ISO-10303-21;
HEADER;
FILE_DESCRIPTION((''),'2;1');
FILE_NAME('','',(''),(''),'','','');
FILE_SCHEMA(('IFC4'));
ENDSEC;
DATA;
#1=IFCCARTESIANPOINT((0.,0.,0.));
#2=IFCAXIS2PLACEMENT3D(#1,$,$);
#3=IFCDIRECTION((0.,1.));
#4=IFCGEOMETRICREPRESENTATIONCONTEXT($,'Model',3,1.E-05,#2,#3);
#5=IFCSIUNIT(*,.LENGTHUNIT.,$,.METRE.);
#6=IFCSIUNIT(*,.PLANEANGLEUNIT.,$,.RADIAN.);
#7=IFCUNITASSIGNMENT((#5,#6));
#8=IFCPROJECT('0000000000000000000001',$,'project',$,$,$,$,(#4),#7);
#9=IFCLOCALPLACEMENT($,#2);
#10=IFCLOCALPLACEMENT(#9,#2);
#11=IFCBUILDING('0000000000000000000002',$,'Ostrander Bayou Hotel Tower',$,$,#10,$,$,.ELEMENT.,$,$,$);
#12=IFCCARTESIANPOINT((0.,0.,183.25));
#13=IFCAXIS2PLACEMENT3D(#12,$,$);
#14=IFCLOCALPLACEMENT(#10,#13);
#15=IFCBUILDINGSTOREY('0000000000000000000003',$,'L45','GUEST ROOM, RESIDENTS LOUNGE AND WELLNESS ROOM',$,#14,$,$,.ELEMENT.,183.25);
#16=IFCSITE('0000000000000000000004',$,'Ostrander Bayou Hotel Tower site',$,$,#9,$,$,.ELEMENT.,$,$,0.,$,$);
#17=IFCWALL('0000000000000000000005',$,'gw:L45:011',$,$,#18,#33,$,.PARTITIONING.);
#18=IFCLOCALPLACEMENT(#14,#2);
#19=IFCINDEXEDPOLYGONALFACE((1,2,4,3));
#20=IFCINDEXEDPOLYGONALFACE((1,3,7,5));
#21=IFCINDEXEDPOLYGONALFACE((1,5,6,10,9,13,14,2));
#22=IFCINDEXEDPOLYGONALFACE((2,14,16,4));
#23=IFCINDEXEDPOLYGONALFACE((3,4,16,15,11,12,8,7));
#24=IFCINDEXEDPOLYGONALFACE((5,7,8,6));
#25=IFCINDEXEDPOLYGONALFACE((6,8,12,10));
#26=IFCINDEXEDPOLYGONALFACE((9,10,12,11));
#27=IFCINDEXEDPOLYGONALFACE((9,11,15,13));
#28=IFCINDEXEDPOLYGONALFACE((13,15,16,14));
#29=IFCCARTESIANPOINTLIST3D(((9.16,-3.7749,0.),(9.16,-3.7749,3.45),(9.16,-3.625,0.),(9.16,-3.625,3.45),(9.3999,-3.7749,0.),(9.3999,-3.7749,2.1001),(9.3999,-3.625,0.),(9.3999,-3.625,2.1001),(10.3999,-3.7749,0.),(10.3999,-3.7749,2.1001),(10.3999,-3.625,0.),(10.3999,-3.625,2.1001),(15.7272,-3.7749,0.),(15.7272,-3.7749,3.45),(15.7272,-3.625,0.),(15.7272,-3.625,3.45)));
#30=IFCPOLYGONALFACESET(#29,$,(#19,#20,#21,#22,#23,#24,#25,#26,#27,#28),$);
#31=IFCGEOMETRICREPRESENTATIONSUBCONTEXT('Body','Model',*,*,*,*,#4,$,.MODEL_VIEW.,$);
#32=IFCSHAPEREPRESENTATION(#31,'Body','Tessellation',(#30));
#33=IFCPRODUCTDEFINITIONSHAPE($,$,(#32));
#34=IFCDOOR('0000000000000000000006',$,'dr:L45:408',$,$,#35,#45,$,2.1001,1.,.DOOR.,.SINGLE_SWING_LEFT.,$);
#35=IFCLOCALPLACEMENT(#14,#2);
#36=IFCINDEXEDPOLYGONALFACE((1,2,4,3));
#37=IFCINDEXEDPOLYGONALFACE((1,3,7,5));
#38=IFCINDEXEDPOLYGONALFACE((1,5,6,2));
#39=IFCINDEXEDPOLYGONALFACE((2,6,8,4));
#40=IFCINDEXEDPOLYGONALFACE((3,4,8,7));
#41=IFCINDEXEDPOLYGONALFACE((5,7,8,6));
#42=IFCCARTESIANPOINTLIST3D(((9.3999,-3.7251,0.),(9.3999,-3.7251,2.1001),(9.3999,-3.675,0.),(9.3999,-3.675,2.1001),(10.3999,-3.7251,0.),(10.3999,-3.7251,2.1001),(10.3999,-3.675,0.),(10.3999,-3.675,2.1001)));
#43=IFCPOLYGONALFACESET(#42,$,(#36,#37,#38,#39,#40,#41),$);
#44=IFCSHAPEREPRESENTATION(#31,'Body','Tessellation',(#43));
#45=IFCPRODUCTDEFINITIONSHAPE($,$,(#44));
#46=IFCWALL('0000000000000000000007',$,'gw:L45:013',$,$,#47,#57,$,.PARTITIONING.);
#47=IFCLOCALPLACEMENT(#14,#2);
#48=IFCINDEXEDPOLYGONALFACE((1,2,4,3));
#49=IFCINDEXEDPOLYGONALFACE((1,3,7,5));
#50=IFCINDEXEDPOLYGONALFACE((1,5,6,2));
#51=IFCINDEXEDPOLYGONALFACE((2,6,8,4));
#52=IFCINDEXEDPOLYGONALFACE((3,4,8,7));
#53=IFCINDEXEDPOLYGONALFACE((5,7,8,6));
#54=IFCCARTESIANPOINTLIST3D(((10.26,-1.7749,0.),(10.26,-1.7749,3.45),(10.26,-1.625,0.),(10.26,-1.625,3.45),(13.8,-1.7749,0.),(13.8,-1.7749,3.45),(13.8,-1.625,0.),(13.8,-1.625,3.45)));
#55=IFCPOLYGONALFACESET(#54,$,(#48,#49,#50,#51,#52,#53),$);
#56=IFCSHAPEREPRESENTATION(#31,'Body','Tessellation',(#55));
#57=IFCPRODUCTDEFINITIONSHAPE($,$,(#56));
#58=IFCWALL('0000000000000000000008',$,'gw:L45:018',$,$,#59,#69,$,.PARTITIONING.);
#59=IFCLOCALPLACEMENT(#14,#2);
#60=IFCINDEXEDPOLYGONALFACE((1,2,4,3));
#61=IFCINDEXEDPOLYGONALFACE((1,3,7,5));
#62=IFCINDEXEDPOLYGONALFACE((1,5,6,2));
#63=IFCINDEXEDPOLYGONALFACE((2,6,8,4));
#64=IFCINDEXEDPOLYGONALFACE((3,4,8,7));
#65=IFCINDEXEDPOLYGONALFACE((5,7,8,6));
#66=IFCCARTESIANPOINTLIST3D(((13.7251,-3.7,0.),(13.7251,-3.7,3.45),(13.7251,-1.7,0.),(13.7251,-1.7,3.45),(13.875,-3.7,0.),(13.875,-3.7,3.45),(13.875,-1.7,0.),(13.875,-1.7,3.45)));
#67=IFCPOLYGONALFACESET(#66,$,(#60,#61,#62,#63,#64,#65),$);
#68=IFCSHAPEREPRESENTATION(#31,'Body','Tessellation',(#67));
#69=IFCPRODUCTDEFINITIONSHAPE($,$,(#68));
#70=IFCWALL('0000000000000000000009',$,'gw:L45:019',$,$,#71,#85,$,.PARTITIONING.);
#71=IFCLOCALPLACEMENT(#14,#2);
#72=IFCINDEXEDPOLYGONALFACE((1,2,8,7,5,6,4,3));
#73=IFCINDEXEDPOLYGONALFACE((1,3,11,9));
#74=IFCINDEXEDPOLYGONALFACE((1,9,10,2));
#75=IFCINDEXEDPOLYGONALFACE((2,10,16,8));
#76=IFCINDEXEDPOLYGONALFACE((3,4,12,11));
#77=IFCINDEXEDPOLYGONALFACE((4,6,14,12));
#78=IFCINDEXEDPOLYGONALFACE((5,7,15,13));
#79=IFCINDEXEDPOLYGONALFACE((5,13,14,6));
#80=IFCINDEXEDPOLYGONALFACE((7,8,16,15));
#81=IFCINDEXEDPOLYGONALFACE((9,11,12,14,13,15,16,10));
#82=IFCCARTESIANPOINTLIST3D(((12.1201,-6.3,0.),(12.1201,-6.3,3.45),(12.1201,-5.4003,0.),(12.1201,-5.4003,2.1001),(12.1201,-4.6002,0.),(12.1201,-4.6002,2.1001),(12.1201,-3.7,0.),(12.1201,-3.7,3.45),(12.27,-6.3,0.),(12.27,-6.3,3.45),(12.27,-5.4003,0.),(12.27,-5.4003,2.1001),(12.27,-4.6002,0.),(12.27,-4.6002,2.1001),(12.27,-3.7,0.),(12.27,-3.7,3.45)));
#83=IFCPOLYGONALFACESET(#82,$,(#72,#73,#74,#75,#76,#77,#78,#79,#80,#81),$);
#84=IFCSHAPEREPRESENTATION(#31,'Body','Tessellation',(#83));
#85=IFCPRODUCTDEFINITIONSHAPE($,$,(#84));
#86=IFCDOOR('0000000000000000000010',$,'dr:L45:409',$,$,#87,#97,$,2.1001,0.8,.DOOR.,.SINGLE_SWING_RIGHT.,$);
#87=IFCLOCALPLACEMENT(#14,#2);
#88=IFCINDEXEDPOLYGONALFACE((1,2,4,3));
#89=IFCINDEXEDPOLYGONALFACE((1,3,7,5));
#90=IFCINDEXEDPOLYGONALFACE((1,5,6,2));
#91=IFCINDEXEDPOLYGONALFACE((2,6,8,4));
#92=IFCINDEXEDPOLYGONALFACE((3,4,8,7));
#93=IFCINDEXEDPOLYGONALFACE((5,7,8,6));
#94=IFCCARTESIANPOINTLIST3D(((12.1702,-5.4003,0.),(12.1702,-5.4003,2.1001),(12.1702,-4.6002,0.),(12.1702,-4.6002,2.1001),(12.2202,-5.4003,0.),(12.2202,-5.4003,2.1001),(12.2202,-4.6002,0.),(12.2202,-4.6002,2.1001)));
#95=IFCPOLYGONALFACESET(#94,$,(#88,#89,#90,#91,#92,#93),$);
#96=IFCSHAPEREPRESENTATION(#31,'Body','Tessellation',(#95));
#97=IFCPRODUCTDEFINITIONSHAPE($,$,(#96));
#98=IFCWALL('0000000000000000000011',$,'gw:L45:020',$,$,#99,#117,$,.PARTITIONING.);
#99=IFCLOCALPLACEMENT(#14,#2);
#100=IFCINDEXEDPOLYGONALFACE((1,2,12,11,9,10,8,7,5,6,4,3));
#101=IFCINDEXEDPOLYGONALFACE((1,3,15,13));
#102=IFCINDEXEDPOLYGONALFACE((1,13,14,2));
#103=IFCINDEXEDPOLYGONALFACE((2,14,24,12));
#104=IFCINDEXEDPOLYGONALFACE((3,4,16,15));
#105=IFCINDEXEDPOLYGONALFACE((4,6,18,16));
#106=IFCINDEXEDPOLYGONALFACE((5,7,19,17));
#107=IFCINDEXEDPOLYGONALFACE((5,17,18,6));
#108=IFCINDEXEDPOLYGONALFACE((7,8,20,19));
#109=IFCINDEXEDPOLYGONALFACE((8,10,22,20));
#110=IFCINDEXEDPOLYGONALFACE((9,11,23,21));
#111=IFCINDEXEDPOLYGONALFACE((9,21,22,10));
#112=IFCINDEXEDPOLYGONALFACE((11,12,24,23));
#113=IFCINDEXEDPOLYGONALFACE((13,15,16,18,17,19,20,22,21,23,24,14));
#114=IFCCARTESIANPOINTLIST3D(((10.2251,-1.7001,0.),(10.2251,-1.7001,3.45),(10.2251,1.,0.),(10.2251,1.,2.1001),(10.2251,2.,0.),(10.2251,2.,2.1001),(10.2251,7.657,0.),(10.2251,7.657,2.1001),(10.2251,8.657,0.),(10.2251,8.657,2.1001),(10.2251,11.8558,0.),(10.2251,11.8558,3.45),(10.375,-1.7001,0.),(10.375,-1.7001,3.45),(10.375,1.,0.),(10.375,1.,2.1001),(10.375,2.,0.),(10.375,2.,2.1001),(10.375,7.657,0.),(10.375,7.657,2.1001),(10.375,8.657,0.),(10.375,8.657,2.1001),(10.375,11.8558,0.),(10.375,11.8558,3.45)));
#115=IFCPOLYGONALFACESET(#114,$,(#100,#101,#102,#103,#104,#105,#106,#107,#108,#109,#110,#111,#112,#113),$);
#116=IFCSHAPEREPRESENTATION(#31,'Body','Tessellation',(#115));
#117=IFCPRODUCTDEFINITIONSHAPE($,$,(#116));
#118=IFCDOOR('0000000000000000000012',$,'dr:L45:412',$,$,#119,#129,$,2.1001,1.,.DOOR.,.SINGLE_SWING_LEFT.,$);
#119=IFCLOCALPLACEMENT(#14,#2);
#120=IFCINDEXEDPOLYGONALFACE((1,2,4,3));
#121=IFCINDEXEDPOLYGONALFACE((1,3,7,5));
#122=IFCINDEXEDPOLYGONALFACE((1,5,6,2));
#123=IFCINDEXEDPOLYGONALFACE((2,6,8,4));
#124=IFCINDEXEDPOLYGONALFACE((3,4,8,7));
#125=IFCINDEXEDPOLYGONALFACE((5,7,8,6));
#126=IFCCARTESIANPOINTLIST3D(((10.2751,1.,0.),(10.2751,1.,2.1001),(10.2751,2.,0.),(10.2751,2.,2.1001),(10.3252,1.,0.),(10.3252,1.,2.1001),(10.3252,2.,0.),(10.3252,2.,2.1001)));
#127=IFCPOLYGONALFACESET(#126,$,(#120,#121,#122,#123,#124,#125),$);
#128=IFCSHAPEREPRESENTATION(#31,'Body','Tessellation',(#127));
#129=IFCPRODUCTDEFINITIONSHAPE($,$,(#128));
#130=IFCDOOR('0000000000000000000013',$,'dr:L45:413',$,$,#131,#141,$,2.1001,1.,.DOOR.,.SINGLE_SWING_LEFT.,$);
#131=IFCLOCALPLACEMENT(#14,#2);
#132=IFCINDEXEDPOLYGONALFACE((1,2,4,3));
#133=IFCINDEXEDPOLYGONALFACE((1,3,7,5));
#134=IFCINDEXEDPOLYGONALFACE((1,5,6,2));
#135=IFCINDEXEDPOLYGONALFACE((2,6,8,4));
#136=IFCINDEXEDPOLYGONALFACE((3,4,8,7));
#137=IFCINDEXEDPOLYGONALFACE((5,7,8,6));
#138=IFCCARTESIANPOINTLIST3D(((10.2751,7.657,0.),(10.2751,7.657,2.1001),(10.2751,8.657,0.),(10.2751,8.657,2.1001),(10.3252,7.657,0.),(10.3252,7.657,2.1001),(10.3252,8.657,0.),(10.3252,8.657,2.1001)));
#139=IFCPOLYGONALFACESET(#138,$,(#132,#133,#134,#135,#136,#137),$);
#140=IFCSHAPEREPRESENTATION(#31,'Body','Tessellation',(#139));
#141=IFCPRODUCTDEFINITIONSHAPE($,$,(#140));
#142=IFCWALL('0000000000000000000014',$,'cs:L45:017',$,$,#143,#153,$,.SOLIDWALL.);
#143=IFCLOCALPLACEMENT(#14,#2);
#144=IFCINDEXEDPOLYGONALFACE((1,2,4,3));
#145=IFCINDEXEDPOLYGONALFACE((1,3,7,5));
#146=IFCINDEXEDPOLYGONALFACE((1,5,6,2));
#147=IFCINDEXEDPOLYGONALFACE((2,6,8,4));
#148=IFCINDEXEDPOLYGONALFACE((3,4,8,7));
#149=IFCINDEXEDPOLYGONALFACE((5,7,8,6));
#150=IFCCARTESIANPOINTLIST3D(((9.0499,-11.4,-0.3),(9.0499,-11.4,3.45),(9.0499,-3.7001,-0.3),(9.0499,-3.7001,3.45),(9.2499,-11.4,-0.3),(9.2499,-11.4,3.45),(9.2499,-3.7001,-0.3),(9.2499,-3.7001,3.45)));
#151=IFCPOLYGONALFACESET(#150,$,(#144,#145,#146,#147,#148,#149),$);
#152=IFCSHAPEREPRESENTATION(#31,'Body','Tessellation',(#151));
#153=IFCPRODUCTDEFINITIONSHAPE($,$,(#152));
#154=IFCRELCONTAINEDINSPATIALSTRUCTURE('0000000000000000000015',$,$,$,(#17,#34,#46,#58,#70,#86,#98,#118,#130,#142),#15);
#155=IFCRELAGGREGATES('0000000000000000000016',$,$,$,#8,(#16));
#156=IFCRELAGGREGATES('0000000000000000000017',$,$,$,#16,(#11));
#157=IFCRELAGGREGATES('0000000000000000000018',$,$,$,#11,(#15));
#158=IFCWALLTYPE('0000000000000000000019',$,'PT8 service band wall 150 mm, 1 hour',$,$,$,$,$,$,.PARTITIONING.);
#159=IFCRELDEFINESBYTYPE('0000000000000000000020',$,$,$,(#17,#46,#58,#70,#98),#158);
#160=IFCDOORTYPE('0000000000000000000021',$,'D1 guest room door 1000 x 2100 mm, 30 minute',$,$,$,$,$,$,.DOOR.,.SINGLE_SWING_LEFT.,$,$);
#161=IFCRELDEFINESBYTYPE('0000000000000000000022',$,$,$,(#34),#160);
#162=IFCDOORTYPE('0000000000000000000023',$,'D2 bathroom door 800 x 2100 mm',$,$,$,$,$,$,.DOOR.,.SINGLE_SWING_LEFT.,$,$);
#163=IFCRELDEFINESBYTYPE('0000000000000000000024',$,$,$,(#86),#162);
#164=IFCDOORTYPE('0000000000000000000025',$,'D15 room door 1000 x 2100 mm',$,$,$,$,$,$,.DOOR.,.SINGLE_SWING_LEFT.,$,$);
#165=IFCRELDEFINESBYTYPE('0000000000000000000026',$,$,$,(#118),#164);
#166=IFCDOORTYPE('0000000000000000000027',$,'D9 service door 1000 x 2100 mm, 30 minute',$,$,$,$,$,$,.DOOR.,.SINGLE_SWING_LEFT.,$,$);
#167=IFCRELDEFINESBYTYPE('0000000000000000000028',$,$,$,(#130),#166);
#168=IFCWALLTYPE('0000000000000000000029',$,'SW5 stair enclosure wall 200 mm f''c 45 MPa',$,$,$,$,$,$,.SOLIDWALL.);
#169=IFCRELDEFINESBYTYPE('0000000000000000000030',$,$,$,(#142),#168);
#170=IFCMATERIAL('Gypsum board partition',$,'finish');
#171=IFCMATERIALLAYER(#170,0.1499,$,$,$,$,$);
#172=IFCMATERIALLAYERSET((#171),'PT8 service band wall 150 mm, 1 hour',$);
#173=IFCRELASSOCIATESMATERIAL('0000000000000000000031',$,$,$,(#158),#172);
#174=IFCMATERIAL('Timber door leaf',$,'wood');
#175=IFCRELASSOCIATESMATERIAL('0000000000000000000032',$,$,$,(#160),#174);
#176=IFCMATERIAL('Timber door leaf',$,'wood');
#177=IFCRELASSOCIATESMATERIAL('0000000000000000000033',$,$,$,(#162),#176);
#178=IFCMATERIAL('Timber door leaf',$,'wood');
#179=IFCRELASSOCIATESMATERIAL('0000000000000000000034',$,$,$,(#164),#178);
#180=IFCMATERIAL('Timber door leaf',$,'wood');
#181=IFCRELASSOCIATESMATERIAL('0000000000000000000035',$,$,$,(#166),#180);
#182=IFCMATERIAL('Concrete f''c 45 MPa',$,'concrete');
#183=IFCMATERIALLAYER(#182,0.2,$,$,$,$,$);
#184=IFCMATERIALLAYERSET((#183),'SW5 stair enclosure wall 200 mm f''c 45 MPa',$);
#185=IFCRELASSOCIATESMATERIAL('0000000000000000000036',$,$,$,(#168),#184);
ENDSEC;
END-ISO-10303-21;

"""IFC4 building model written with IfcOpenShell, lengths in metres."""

from ifc_helpers import new_model, si_unit, direction, frame, frame_2d, origin, place, context, subcontext, project, spatial, rectangle, extrude, material, layer, layer_set, type_object, element, fill, save


model = new_model("IFC4")

# Units and contexts
model_context = context("Model", 3, precision=1e-05, world=origin(), true_north=direction((0.0, 1.0)))
body_context = subcontext(model_context, "Body", "Model", "MODEL_VIEW")
ifc_project = project(units=[si_unit("LENGTHUNIT", "METRE"), si_unit("PLANEANGLEUNIT", "RADIAN")], contexts=[model_context])

# Site, building, storey
site_placement = place(None, origin())
site = spatial("IfcSite", under=ifc_project, at=site_placement, Name="Ostrander Bayou Hotel Tower site", CompositionType="ELEMENT", RefElevation=0.0)
building_placement = place(site_placement, origin())
building = spatial("IfcBuilding", under=site, at=building_placement, Name="Ostrander Bayou Hotel Tower", CompositionType="ELEMENT")
storey_placement = place(building_placement, frame((0.0, 0.0, 183.25)))
storey = spatial("IfcBuildingStorey", under=building, at=storey_placement, Name="L45", Description="GUEST ROOM, RESIDENTS LOUNGE AND WELLNESS ROOM", CompositionType="ELEMENT", Elevation=183.25)

# Wall, opening, door
ifc_material_1 = material(Name="Gypsum board partition", Category="finish")
ifc_layer_1 = layer(ifc_material_1, 0.1499)
ifc_layer_set_1 = layer_set([ifc_layer_1], Name="PT8 service band wall 150 mm, 1 hour")
wall_type_1 = type_object("IfcWallType", Name="PT8 service band wall 150 mm, 1 hour", PredefinedType="PARTITIONING", material=ifc_layer_set_1)
wall_1_placement = place(storey_placement, frame((9.1599, -3.7, 0.0), z_axis=(0.0, 0.0, 1.0), x_axis=(1.0, 0.0, 0.0)))
wall_1 = element("IfcWall", 1, at=wall_1_placement, inside=storey, type_object=wall_type_1, Name="gw:L45:011", PredefinedType="PARTITIONING", context=body_context, shape_type="SweptSolid", body=[
    extrude(rectangle(XDim=6.5671, YDim=0.1499, at=frame_2d((3.2837, 0.0))), origin(), (0.0, 0.0, 1.0), 3.45),
])
opening_1_placement = place(wall_1_placement, frame((0.24, 0.0, 0.0)))
opening_1 = element("IfcOpeningElement", 2, at=opening_1_placement, cuts=wall_1, PredefinedType="OPENING", context=body_context, shape_type="SweptSolid", body=[
    extrude(rectangle(XDim=1.0, YDim=2.1001, at=frame_2d((0.5, 1.05))), frame((0.0, 0.075, 0.0), z_axis=(0.0, -1.0, 0.0), x_axis=(1.0, 0.0, 0.0)), (0.0, 0.0, 1.0), 0.1499),
])
ifc_material_2 = material(Name="Timber door leaf", Category="wood")
door_type_1 = type_object("IfcDoorType", Name="D1 guest room door 1000 x 2100 mm, 30 minute", OperationType="SINGLE_SWING_LEFT", PredefinedType="DOOR", material=ifc_material_2)
door_1_placement = place(opening_1_placement, origin())
door_1 = element("IfcDoor", 3, at=door_1_placement, inside=storey, type_object=door_type_1, Name="dr:L45:408", OperationType="SINGLE_SWING_LEFT", OverallHeight=2.1001, OverallWidth=1.0, PredefinedType="DOOR", context=body_context, shape_type="SweptSolid", body=[
    extrude(rectangle(XDim=1.0, YDim=2.1001, at=frame_2d((0.5, 1.05))), frame((0.0, 0.0249, 0.0), z_axis=(0.0, -1.0, 0.0), x_axis=(1.0, 0.0, 0.0)), (0.0, 0.0, 1.0), 0.05),
])
fill(opening_1, door_1)

# Walls
wall_2_placement = place(storey_placement, frame((10.26, -1.7, 0.0), z_axis=(0.0, 0.0, 1.0), x_axis=(1.0, 0.0, 0.0)))
element("IfcWall", 4, at=wall_2_placement, inside=storey, type_object=wall_type_1, Name="gw:L45:013", PredefinedType="PARTITIONING", context=body_context, shape_type="SweptSolid", body=[
    extrude(rectangle(XDim=3.54, YDim=0.1499, at=frame_2d((1.77, 0.0))), origin(), (0.0, 0.0, 1.0), 3.45),
])
wall_3_placement = place(storey_placement, frame((13.8, -3.7, 0.0), z_axis=(0.0, 0.0, 1.0), x_axis=(0.0, 1.0, 0.0)))
element("IfcWall", 5, at=wall_3_placement, inside=storey, type_object=wall_type_1, Name="gw:L45:018", PredefinedType="PARTITIONING", context=body_context, shape_type="SweptSolid", body=[
    extrude(rectangle(XDim=2.0, YDim=0.1499, at=frame_2d((1.0, 0.0))), origin(), (0.0, 0.0, 1.0), 3.45),
])

# Wall, opening, door
wall_4_placement = place(storey_placement, frame((12.1951, -6.3, 0.0), z_axis=(0.0, 0.0, 1.0), x_axis=(0.0, 1.0, 0.0)))
wall_4 = element("IfcWall", 6, at=wall_4_placement, inside=storey, type_object=wall_type_1, Name="gw:L45:019", PredefinedType="PARTITIONING", context=body_context, shape_type="SweptSolid", body=[
    extrude(rectangle(XDim=2.6001, YDim=0.1499, at=frame_2d((1.3, 0.0))), origin(), (0.0, 0.0, 1.0), 3.45),
])
opening_2_placement = place(wall_4_placement, frame((0.8999, 0.0, 0.0)))
opening_2 = element("IfcOpeningElement", 7, at=opening_2_placement, cuts=wall_4, PredefinedType="OPENING", context=body_context, shape_type="SweptSolid", body=[
    extrude(rectangle(XDim=0.8, YDim=2.1001, at=frame_2d((0.3999, 1.05))), frame((0.0, 0.075, 0.0), z_axis=(0.0, -1.0, 0.0), x_axis=(1.0, 0.0, 0.0)), (0.0, 0.0, 1.0), 0.1499),
])
ifc_material_3 = material(Name="Timber door leaf", Category="wood")
door_type_2 = type_object("IfcDoorType", Name="D2 bathroom door 800 x 2100 mm", OperationType="SINGLE_SWING_LEFT", PredefinedType="DOOR", material=ifc_material_3)
door_2_placement = place(opening_2_placement, origin())
door_2 = element("IfcDoor", 8, at=door_2_placement, inside=storey, type_object=door_type_2, Name="dr:L45:409", OperationType="SINGLE_SWING_RIGHT", OverallHeight=2.1001, OverallWidth=0.8, PredefinedType="DOOR", context=body_context, shape_type="SweptSolid", body=[
    extrude(rectangle(XDim=0.8, YDim=2.1001, at=frame_2d((0.3999, 1.05))), frame((0.0, 0.0249, 0.0), z_axis=(0.0, -1.0, 0.0), x_axis=(1.0, 0.0, 0.0)), (0.0, 0.0, 1.0), 0.05),
])
fill(opening_2, door_2)

# Wall, openings, doors
wall_5_placement = place(storey_placement, frame((10.3, -1.7, 0.0), z_axis=(0.0, 0.0, 1.0), x_axis=(0.0, 1.0, 0.0)))
wall_5 = element("IfcWall", 9, at=wall_5_placement, inside=storey, type_object=wall_type_1, Name="gw:L45:020", PredefinedType="PARTITIONING", context=body_context, shape_type="SweptSolid", body=[
    extrude(rectangle(XDim=13.5559, YDim=0.1499, at=frame_2d((6.7778, 0.0))), origin(), (0.0, 0.0, 1.0), 3.45),
])
opening_3_placement = place(wall_5_placement, frame((2.7, 0.0, 0.0)))
opening_3 = element("IfcOpeningElement", 10, at=opening_3_placement, cuts=wall_5, PredefinedType="OPENING", context=body_context, shape_type="SweptSolid", body=[
    extrude(rectangle(XDim=1.0, YDim=2.1001, at=frame_2d((0.5, 1.05))), frame((0.0, 0.075, 0.0), z_axis=(0.0, -1.0, 0.0), x_axis=(1.0, 0.0, 0.0)), (0.0, 0.0, 1.0), 0.1499),
])
opening_4_placement = place(wall_5_placement, frame((9.3569, 0.0, 0.0)))
opening_4 = element("IfcOpeningElement", 11, at=opening_4_placement, cuts=wall_5, PredefinedType="OPENING", context=body_context, shape_type="SweptSolid", body=[
    extrude(rectangle(XDim=1.0, YDim=2.1001, at=frame_2d((0.5, 1.05))), frame((0.0, 0.075, 0.0), z_axis=(0.0, -1.0, 0.0), x_axis=(1.0, 0.0, 0.0)), (0.0, 0.0, 1.0), 0.1499),
])
ifc_material_4 = material(Name="Timber door leaf", Category="wood")
door_type_3 = type_object("IfcDoorType", Name="D15 room door 1000 x 2100 mm", OperationType="SINGLE_SWING_LEFT", PredefinedType="DOOR", material=ifc_material_4)
door_3_placement = place(opening_3_placement, origin())
door_3 = element("IfcDoor", 12, at=door_3_placement, inside=storey, type_object=door_type_3, Name="dr:L45:412", OperationType="SINGLE_SWING_LEFT", OverallHeight=2.1001, OverallWidth=1.0, PredefinedType="DOOR", context=body_context, shape_type="SweptSolid", body=[
    extrude(rectangle(XDim=1.0, YDim=2.1001, at=frame_2d((0.5, 1.05))), frame((0.0, 0.0249, 0.0), z_axis=(0.0, -1.0, 0.0), x_axis=(1.0, 0.0, 0.0)), (0.0, 0.0, 1.0), 0.05),
])
fill(opening_3, door_3)
ifc_material_5 = material(Name="Timber door leaf", Category="wood")
door_type_4 = type_object("IfcDoorType", Name="D9 service door 1000 x 2100 mm, 30 minute", OperationType="SINGLE_SWING_LEFT", PredefinedType="DOOR", material=ifc_material_5)
door_4_placement = place(opening_4_placement, origin())
door_4 = element("IfcDoor", 13, at=door_4_placement, inside=storey, type_object=door_type_4, Name="dr:L45:413", OperationType="SINGLE_SWING_LEFT", OverallHeight=2.1001, OverallWidth=1.0, PredefinedType="DOOR", context=body_context, shape_type="SweptSolid", body=[
    extrude(rectangle(XDim=1.0, YDim=2.1001, at=frame_2d((0.5, 1.05))), frame((0.0, 0.0249, 0.0), z_axis=(0.0, -1.0, 0.0), x_axis=(1.0, 0.0, 0.0)), (0.0, 0.0, 1.0), 0.05),
])
fill(opening_4, door_4)

# Wall
ifc_material_6 = material(Name="Concrete f'c 45 MPa", Category="concrete")
ifc_layer_2 = layer(ifc_material_6, 0.2)
ifc_layer_set_2 = layer_set([ifc_layer_2], Name="SW5 stair enclosure wall 200 mm f'c 45 MPa")
wall_type_2 = type_object("IfcWallType", Name="SW5 stair enclosure wall 200 mm f'c 45 MPa", PredefinedType="SOLIDWALL", material=ifc_layer_set_2)
wall_6_placement = place(storey_placement, frame((9.1499, -3.7, -0.3), z_axis=(0.0, 0.0, 1.0), x_axis=(0.0, -1.0, 0.0)))
element("IfcWall", 14, at=wall_6_placement, inside=storey, type_object=wall_type_2, Name="cs:L45:017", PredefinedType="SOLIDWALL", context=body_context, shape_type="SweptSolid", body=[
    extrude(rectangle(XDim=7.7, YDim=0.2, at=frame_2d((3.8501, 0.0))), origin(), (0.0, 0.0, 1.0), 3.75),
])

save(model, "model.ifc")
